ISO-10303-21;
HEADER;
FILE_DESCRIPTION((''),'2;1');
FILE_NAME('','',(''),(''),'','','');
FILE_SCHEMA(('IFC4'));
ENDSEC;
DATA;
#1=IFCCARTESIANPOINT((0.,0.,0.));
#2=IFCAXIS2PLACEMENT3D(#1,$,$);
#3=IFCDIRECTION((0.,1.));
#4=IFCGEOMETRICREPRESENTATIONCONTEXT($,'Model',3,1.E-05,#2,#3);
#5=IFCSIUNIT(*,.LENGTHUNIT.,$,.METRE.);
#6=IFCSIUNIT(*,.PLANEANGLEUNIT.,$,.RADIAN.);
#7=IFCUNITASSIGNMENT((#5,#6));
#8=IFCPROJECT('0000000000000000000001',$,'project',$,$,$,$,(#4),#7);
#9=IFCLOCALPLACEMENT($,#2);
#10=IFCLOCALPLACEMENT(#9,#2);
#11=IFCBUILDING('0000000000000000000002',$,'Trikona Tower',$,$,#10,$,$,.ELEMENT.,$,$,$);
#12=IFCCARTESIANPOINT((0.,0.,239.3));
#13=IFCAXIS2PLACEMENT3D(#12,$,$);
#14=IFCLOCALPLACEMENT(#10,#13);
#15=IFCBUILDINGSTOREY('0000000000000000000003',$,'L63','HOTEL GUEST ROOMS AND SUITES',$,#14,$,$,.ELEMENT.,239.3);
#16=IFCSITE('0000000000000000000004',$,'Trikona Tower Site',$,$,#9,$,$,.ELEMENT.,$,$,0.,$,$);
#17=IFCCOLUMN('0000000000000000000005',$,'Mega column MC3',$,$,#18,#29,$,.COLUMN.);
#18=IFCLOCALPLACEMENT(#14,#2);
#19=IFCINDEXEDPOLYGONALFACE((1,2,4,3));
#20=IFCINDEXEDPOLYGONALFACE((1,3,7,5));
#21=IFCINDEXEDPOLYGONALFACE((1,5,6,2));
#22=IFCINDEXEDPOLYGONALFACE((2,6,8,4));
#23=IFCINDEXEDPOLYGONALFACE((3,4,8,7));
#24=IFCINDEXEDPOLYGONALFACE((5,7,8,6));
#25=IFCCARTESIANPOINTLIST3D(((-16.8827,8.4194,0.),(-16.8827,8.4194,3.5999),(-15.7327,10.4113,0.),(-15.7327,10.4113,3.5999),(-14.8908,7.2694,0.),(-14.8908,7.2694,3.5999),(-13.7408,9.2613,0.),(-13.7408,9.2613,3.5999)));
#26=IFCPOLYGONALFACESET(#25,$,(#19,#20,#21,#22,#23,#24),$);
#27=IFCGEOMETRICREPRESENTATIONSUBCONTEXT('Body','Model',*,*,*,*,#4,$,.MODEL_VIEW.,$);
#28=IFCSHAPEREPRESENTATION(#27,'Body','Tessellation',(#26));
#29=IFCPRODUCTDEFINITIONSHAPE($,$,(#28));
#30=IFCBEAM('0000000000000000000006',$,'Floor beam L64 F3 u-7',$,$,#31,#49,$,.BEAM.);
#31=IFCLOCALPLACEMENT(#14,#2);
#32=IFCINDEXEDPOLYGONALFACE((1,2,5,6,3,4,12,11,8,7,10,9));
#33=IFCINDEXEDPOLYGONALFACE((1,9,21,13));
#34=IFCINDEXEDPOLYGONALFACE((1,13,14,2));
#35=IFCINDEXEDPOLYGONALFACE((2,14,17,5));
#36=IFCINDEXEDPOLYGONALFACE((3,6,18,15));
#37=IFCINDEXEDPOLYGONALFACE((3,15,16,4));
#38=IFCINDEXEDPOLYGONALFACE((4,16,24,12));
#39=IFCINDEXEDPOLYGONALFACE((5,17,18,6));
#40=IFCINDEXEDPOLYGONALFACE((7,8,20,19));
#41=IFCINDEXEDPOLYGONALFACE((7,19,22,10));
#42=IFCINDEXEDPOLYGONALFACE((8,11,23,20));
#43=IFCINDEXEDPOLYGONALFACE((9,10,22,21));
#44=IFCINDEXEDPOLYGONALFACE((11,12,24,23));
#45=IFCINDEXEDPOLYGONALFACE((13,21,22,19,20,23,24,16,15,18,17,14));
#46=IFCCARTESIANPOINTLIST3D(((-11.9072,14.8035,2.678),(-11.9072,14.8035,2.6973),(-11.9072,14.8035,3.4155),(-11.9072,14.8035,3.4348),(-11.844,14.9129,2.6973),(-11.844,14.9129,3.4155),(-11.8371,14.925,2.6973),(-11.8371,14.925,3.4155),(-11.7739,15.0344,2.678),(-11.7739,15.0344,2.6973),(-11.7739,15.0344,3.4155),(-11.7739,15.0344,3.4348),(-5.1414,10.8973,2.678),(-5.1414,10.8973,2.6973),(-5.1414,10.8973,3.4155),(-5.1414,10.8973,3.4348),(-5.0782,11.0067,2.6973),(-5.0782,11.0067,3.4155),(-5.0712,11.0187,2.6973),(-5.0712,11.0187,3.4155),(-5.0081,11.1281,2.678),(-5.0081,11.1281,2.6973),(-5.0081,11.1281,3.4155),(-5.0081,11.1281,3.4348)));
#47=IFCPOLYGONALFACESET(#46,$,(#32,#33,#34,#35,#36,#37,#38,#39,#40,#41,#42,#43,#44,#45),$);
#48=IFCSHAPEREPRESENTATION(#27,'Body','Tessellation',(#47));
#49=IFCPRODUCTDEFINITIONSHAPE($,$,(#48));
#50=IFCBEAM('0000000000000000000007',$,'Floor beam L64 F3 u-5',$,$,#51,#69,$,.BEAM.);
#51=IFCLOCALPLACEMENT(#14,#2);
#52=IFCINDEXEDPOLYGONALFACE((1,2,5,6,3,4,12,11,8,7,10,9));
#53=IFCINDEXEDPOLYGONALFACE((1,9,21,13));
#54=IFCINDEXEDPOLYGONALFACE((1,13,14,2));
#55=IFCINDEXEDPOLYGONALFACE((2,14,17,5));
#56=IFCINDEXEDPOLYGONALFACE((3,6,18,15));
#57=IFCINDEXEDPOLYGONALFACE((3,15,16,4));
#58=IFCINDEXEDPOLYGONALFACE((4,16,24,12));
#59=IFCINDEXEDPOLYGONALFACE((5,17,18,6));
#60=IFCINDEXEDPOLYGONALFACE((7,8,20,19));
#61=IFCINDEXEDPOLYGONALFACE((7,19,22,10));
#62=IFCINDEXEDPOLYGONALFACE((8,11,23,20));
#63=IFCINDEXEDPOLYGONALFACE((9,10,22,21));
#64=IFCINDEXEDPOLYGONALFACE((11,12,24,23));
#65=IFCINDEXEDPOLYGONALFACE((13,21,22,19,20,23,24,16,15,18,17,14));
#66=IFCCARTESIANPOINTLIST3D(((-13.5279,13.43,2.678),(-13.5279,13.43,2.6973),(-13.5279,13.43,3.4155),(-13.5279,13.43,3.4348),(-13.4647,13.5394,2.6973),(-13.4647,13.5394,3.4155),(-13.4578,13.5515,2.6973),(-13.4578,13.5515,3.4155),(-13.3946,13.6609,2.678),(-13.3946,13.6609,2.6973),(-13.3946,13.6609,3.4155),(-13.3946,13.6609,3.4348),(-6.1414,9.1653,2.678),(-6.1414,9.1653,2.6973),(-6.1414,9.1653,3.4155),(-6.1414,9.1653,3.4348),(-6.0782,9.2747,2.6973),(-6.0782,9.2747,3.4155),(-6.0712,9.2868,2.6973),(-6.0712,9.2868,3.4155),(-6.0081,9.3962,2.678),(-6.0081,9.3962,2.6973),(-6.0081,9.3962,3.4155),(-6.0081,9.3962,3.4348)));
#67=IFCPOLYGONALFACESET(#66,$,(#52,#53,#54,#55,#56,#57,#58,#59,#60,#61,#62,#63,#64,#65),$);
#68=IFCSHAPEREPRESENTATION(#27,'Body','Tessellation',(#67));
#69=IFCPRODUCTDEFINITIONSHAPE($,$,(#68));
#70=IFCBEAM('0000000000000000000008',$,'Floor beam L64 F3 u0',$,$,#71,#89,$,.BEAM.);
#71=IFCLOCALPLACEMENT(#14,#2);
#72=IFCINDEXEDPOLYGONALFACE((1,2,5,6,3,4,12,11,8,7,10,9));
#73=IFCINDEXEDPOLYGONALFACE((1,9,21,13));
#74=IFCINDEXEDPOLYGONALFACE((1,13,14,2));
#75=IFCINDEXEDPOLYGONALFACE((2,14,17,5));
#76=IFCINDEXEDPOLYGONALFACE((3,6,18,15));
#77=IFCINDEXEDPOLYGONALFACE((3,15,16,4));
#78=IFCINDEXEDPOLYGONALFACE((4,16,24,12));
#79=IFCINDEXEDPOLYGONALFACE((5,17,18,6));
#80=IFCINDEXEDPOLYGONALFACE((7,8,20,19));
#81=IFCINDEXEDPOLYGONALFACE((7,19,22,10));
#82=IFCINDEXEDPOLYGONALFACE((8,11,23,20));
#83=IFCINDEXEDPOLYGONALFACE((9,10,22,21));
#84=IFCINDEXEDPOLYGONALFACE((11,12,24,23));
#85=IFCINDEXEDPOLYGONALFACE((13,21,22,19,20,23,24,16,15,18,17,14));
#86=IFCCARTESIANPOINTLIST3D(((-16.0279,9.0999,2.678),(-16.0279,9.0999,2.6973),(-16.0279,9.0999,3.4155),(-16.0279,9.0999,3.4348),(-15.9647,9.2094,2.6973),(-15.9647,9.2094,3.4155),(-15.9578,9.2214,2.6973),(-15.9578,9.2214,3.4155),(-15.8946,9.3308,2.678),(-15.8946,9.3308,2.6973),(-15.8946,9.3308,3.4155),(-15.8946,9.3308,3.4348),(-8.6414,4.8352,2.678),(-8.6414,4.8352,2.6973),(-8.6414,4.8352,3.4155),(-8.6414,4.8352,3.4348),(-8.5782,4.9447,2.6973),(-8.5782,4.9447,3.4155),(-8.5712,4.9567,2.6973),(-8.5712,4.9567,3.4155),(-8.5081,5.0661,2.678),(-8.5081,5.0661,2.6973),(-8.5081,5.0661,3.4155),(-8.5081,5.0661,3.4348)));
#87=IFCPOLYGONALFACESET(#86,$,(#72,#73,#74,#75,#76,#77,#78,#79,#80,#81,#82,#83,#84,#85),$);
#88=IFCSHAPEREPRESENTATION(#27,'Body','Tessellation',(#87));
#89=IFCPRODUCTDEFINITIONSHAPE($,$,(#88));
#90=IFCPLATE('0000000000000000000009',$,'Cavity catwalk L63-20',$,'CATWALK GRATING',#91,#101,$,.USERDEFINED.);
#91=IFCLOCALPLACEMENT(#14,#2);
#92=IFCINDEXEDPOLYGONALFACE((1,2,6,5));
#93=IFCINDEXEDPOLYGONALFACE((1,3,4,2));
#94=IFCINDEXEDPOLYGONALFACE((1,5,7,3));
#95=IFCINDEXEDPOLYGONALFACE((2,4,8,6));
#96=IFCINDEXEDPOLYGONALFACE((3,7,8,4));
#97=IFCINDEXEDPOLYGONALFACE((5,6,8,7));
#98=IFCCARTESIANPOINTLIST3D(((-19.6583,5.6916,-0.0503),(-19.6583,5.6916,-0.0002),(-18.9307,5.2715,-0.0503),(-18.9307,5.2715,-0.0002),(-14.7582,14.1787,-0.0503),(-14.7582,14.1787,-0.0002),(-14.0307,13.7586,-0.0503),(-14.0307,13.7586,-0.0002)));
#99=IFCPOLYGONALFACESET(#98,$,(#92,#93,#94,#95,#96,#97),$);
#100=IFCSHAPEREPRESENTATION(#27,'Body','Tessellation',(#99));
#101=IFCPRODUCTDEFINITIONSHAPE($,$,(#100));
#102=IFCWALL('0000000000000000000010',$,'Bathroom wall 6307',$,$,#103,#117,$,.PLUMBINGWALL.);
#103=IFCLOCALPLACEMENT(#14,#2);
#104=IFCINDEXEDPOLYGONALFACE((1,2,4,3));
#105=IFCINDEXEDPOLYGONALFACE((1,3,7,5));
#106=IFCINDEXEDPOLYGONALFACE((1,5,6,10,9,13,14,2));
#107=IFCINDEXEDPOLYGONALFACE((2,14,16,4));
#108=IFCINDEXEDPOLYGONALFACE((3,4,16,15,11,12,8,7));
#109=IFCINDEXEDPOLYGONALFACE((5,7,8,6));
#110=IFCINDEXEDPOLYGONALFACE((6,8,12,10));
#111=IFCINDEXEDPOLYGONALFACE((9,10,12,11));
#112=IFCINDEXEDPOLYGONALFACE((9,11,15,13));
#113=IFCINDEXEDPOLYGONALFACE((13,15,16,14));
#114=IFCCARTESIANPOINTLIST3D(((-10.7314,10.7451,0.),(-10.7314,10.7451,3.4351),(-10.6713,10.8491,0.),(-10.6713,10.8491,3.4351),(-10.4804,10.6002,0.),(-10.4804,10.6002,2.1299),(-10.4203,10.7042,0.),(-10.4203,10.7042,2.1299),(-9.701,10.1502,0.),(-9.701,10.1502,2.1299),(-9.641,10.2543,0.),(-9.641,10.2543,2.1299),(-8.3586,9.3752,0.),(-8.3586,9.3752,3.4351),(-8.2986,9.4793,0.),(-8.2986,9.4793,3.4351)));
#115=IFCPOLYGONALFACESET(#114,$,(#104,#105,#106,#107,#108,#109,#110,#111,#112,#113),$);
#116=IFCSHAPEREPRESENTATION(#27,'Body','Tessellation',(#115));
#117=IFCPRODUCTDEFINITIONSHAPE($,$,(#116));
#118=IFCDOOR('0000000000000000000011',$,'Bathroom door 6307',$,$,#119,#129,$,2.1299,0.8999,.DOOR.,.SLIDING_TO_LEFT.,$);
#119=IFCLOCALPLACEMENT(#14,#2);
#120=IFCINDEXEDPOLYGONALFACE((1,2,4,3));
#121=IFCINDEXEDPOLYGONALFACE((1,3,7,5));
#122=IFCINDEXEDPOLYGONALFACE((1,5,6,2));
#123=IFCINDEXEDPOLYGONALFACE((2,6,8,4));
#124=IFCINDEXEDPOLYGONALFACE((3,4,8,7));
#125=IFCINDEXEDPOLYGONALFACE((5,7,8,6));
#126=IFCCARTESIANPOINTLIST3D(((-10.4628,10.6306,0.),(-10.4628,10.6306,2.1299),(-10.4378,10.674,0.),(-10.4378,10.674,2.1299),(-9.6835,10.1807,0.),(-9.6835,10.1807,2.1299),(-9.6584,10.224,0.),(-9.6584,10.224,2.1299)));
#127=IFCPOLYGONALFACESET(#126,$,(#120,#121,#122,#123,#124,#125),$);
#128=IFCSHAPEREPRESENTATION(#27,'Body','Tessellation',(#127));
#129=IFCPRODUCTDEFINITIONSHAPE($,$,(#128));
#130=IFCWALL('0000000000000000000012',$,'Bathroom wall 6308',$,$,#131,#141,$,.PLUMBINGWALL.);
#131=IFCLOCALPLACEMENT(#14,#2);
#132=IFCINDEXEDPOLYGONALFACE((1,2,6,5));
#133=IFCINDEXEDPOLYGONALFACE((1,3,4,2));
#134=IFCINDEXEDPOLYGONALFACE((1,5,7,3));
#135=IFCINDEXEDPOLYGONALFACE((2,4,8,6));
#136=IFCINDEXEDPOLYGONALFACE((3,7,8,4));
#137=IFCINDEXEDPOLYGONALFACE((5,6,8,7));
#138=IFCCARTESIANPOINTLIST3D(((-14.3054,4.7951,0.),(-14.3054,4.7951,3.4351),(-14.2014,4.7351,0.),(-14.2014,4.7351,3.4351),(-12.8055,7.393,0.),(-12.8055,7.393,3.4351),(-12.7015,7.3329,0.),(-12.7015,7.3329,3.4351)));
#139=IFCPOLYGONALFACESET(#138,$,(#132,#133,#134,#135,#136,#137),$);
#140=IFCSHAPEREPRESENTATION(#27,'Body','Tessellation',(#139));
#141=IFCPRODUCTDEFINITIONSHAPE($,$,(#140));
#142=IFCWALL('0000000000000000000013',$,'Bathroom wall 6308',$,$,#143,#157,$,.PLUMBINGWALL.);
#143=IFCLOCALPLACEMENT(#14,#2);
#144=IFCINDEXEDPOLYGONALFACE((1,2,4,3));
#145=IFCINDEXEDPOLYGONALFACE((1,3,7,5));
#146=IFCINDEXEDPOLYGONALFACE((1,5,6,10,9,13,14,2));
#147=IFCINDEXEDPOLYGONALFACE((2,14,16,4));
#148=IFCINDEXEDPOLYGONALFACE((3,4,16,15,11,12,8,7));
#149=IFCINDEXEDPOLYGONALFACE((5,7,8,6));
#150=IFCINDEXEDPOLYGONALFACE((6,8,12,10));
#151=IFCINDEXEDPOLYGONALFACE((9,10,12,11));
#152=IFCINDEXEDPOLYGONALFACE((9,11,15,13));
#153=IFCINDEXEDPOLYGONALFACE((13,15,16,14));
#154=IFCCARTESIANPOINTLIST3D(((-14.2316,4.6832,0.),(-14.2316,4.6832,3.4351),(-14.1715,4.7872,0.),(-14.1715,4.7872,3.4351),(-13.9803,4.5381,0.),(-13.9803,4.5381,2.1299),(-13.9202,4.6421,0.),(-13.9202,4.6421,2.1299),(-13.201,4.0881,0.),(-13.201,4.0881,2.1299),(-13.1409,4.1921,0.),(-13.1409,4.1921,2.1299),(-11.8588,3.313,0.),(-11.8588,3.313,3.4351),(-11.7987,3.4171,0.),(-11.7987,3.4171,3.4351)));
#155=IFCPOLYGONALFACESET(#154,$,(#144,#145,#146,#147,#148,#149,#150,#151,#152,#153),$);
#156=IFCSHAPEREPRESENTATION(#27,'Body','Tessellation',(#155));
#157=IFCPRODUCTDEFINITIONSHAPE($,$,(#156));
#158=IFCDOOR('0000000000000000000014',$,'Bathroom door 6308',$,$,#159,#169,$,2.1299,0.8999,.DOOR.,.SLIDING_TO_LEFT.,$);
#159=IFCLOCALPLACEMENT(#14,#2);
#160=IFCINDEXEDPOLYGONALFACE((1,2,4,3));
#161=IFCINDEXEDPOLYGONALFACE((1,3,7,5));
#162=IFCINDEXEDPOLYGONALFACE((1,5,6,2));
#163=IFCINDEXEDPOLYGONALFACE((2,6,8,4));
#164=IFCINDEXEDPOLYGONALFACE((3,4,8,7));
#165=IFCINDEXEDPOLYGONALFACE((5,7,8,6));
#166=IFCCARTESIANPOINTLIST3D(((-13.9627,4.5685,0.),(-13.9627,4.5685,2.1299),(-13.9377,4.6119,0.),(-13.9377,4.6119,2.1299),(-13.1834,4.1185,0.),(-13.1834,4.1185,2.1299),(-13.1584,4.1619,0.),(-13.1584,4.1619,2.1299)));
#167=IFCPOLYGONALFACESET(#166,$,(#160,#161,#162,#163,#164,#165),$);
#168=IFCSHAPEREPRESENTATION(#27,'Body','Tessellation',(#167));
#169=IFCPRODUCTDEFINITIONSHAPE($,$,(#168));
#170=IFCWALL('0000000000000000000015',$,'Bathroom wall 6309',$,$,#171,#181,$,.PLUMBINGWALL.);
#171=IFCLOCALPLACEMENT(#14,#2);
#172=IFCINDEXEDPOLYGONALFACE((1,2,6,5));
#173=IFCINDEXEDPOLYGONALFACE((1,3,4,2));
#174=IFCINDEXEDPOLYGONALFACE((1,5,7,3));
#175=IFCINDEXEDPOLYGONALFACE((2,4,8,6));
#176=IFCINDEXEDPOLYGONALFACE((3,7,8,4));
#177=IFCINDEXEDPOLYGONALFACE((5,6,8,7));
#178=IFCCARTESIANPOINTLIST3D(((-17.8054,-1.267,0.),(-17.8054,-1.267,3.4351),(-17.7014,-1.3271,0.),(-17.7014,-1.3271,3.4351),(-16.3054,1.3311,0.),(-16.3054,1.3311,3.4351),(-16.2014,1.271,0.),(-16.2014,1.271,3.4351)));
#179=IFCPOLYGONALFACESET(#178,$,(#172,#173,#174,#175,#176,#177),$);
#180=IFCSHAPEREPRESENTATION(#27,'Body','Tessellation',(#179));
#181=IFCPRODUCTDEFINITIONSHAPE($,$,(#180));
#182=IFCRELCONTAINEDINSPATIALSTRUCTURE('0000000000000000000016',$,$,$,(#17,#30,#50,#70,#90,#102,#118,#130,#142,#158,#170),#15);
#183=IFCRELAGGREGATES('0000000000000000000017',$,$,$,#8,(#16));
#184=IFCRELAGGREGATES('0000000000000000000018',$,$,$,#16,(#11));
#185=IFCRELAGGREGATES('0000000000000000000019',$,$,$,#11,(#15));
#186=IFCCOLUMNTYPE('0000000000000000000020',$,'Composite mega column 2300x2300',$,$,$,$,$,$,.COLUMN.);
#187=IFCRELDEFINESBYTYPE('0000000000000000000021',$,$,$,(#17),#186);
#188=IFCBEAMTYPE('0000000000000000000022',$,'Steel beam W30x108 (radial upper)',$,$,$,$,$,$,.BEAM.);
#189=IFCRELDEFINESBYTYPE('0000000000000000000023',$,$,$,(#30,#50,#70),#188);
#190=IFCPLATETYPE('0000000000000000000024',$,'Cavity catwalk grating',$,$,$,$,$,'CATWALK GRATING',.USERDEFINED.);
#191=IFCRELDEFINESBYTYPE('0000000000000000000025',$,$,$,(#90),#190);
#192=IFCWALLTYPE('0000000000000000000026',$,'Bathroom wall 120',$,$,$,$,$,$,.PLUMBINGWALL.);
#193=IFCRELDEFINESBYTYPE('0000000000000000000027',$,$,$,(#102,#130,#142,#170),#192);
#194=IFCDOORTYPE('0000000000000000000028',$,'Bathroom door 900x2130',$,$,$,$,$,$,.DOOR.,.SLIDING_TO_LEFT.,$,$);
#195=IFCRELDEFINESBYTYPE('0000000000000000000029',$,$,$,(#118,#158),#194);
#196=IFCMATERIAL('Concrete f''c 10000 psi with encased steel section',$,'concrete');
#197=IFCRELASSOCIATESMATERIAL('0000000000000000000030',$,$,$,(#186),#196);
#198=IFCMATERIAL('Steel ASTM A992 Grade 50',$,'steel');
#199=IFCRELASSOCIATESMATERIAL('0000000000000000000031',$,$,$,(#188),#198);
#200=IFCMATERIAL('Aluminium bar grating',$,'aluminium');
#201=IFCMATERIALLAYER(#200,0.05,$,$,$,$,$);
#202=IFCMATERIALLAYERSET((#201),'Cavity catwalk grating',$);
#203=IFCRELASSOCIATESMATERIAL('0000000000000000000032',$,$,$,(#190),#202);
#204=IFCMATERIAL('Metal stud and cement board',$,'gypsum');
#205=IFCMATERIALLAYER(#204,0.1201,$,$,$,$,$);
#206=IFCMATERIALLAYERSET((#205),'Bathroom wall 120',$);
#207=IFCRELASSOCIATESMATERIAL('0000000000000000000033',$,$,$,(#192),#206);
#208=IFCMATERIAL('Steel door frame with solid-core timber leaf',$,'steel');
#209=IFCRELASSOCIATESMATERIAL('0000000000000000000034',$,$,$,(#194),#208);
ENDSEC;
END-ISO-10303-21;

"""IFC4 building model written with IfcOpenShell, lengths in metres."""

from ifc_helpers import new_model, si_unit, direction, frame, frame_2d, origin, origin_2d, place, context, subcontext, project, spatial, rectangle, i_section, extrude, material, layer, layer_set, material_profile, profile_set, type_object, element, fill, save


model = new_model("IFC4")

# Units and contexts
model_context = context("Model", 3, precision=1e-05, world=origin(), true_north=direction((0.0, 1.0)))
body_context = subcontext(model_context, "Body", "Model", "MODEL_VIEW")
ifc_project = project(units=[si_unit("LENGTHUNIT", "METRE"), si_unit("PLANEANGLEUNIT", "RADIAN")], contexts=[model_context])

# Site, building, storey
site_placement = place(None, origin())
site = spatial("IfcSite", under=ifc_project, at=site_placement, Name="Trikona Tower Site", CompositionType="ELEMENT", RefElevation=0.0)
building_placement = place(site_placement, origin())
building = spatial("IfcBuilding", under=site, at=building_placement, Name="Trikona Tower", CompositionType="ELEMENT")
storey_placement = place(building_placement, frame((0.0, 0.0, 239.3)))
storey = spatial("IfcBuildingStorey", under=building, at=storey_placement, Name="L63", Description="HOTEL GUEST ROOMS AND SUITES", CompositionType="ELEMENT", Elevation=239.3)

# Column
ifc_material_1 = material(Name="Concrete f'c 10000 psi with encased steel section", Category="concrete")
ifc_material_profile_1 = material_profile(ifc_material_1, rectangle(XDim=2.3, YDim=2.3, at=origin_2d()), Name="MC2300")
ifc_profile_set_1 = profile_set([ifc_material_profile_1], Name="Concrete f'c 10000 psi with encased steel section")
column_type = type_object("IfcColumnType", Name="Composite mega column 2300x2300", PredefinedType="COLUMN", material=ifc_profile_set_1)
column_placement = place(storey_placement, frame((-15.3118, 8.8403, 0.0), z_axis=(0.0, 0.0, 1.0), x_axis=(-0.866025, 0.5, 0.0)))
element("IfcColumn", 1, at=column_placement, inside=storey, type_object=column_type, Name="Mega column MC3", PredefinedType="COLUMN", context=body_context, shape_type="SweptSolid", body=[
    extrude(rectangle(XDim=2.3, YDim=2.3, at=origin_2d()), origin(), (0.0, 0.0, 1.0), 3.5999),
])

# Beams
ifc_material_2 = material(Name="Steel ASTM A992 Grade 50", Category="steel")
ifc_material_profile_2 = material_profile(ifc_material_2, i_section(OverallWidth=0.2666, OverallDepth=0.7568, WebThickness=0.0139, FlangeThickness=0.0193, at=origin_2d()), Name="W30X108")
ifc_profile_set_2 = profile_set([ifc_material_profile_2], Name="Steel ASTM A992 Grade 50")
beam_type = type_object("IfcBeamType", Name="Steel beam W30x108 (radial upper)", PredefinedType="BEAM", material=ifc_profile_set_2)
beam_placement = place(storey_placement, frame((-5.0747, 11.0127, 3.0564), z_axis=(-0.866027, 0.499997, 0.0), x_axis=(-0.499997, -0.866027, 0.0)))
element("IfcBeam", 2, at=beam_placement, inside=storey, type_object=beam_type, Name="Floor beam L64 F3 u-7", PredefinedType="BEAM", context=body_context, shape_type="SweptSolid", body=[
    extrude(i_section(OverallWidth=0.2666, OverallDepth=0.7568, WebThickness=0.0139, FlangeThickness=0.0193, at=origin_2d()), origin(), (0.0, 0.0, 1.0), 7.8125),
])
for number, where, z_axis, x_axis, name in (
    (3, (-6.0747, 9.2808, 3.0564), (-0.866022, 0.500006, 0.0), (-0.500006, -0.866022, 0.0), "Floor beam L64 F3 u-5"),
    (4, (-8.5747, 4.9507, 3.0564), (-0.866022, 0.500006, 0.0), (-0.500006, -0.866022, 0.0), "Floor beam L64 F3 u0"),
):
    element("IfcBeam", number, at=place(storey_placement, frame(where, z_axis=z_axis, x_axis=x_axis)), inside=storey, type_object=beam_type, Name=name, PredefinedType="BEAM", context=body_context, shape_type="SweptSolid", body=[
        extrude(i_section(OverallWidth=0.2666, OverallDepth=0.7568, WebThickness=0.0139, FlangeThickness=0.0193, at=origin_2d()), origin(), (0.0, 0.0, 1.0), 8.5293),
    ])

# Plate
ifc_material_3 = material(Name="Aluminium bar grating", Category="aluminium")
ifc_layer_1 = layer(ifc_material_3, 0.05)
ifc_layer_set_1 = layer_set([ifc_layer_1], Name="Cavity catwalk grating")
plate_type = type_object("IfcPlateType", Name="Cavity catwalk grating", ElementType="CATWALK GRATING", PredefinedType="USERDEFINED", material=ifc_layer_set_1)
plate_placement = place(storey_placement, frame((-16.8445, 9.7251, -0.0503), z_axis=(0.0, 0.0, 1.0), x_axis=(-0.499998, -0.866026, 0.0)))
element("IfcPlate", 5, at=plate_placement, inside=storey, type_object=plate_type, Name="Cavity catwalk L63-20", ObjectType="CATWALK GRATING", PredefinedType="USERDEFINED", context=body_context, shape_type="SweptSolid", body=[
    extrude(rectangle(XDim=9.8, YDim=0.8401, at=origin_2d()), origin(), (0.0, 0.0, 1.0), 0.05),
])

# Wall, opening, door
ifc_material_4 = material(Name="Metal stud and cement board", Category="gypsum")
ifc_layer_2 = layer(ifc_material_4, 0.1201)
ifc_layer_set_2 = layer_set([ifc_layer_2], Name="Bathroom wall 120")
wall_type_1 = type_object("IfcWallType", Name="Bathroom wall 120", PredefinedType="PLUMBINGWALL", material=ifc_layer_set_2)
wall_1_placement = place(storey_placement, frame((-8.3286, 9.4272, 0.0), z_axis=(0.0, 0.0, 1.0), x_axis=(-0.866036, 0.499982, 0.0)))
wall_1 = element("IfcWall", 6, at=wall_1_placement, inside=storey, type_object=wall_type_1, Name="Bathroom wall 6307", PredefinedType="PLUMBINGWALL", context=body_context, shape_type="SweptSolid", body=[
    extrude(rectangle(XDim=2.7397, YDim=0.1201, at=frame_2d((1.3699, 0.0))), origin(), (0.0, 0.0, 1.0), 3.4351),
])
opening_1_placement = place(wall_1_placement, frame((1.55, 0.0, 0.0)))
opening_1 = element("IfcOpeningElement", 7, at=opening_1_placement, cuts=wall_1, PredefinedType="OPENING", context=body_context, shape_type="SweptSolid", body=[
    extrude(rectangle(XDim=0.8999, YDim=2.1299, at=frame_2d((0.45, 1.0649))), frame((0.0, 0.0701, 0.0), z_axis=(0.0, -1.0, 0.0), x_axis=(1.0, 0.0, 0.0)), (0.0, 0.0, 1.0), 0.1401),
])
ifc_material_5 = material(Name="Steel door frame with solid-core timber leaf", Category="steel")
door_type_1 = type_object("IfcDoorType", Name="Bathroom door 900x2130", OperationType="SLIDING_TO_LEFT", PredefinedType="DOOR", material=ifc_material_5)
door_1_placement = place(opening_1_placement, origin())
door_1 = element("IfcDoor", 8, at=door_1_placement, inside=storey, type_object=door_type_1, Name="Bathroom door 6307", OperationType="SLIDING_TO_LEFT", OverallHeight=2.1299, OverallWidth=0.8999, PredefinedType="DOOR", context=body_context, shape_type="SweptSolid", body=[
    extrude(rectangle(XDim=0.8999, YDim=2.1299, at=frame_2d((0.45, 1.0649))), frame((0.0, 0.0249, 0.0), z_axis=(0.0, -1.0, 0.0), x_axis=(1.0, 0.0, 0.0)), (0.0, 0.0, 1.0), 0.05),
])
fill(opening_1, door_1)

# Wall
wall_2_placement = place(storey_placement, frame((-12.7534, 7.363, 0.0), z_axis=(0.0, 0.0, 1.0), x_axis=(-0.500025, -0.866011, 0.0)))
element("IfcWall", 9, at=wall_2_placement, inside=storey, type_object=wall_type_1, Name="Bathroom wall 6308", PredefinedType="PLUMBINGWALL", context=body_context, shape_type="SweptSolid", body=[
    extrude(rectangle(XDim=2.9998, YDim=0.1201, at=frame_2d((1.5, 0.0))), origin(), (0.0, 0.0, 1.0), 3.4351),
])

# Wall, opening, door
wall_3_placement = place(storey_placement, frame((-11.8286, 3.365, 0.0), z_axis=(0.0, 0.0, 1.0), x_axis=(-0.865997, 0.500049, 0.0)))
wall_3 = element("IfcWall", 10, at=wall_3_placement, inside=storey, type_object=wall_type_1, Name="Bathroom wall 6308", PredefinedType="PLUMBINGWALL", context=body_context, shape_type="SweptSolid", body=[
    extrude(rectangle(XDim=2.74, YDim=0.1201, at=frame_2d((1.3701, 0.0))), origin(), (0.0, 0.0, 1.0), 3.4351),
])
opening_2_placement = place(wall_3_placement, frame((1.55, 0.0, 0.0)))
opening_2 = element("IfcOpeningElement", 11, at=opening_2_placement, cuts=wall_3, PredefinedType="OPENING", context=body_context, shape_type="SweptSolid", body=[
    extrude(rectangle(XDim=0.8999, YDim=2.1299, at=frame_2d((0.45, 1.0649))), frame((0.0, 0.0701, 0.0), z_axis=(0.0, -1.0, 0.0), x_axis=(1.0, 0.0, 0.0)), (0.0, 0.0, 1.0), 0.1401),
])
door_2_placement = place(opening_2_placement, origin())
door_2 = element("IfcDoor", 12, at=door_2_placement, inside=storey, type_object=door_type_1, Name="Bathroom door 6308", OperationType="SLIDING_TO_LEFT", OverallHeight=2.1299, OverallWidth=0.8999, PredefinedType="DOOR", context=body_context, shape_type="SweptSolid", body=[
    extrude(rectangle(XDim=0.8999, YDim=2.1299, at=frame_2d((0.45, 1.0649))), frame((0.0, 0.0249, 0.0), z_axis=(0.0, -1.0, 0.0), x_axis=(1.0, 0.0, 0.0)), (0.0, 0.0, 1.0), 0.05),
])
fill(opening_2, door_2)

# Wall
wall_4_placement = place(storey_placement, frame((-16.2534, 1.301, 0.0), z_axis=(0.0, 0.0, 1.0), x_axis=(-0.49999, -0.866031, 0.0)))
element("IfcWall", 13, at=wall_4_placement, inside=storey, type_object=wall_type_1, Name="Bathroom wall 6309", PredefinedType="PLUMBINGWALL", context=body_context, shape_type="SweptSolid", body=[
    extrude(rectangle(XDim=3.0, YDim=0.1201, at=frame_2d((1.5, 0.0))), origin(), (0.0, 0.0, 1.0), 3.4351),
])

save(model, "model.ifc")
